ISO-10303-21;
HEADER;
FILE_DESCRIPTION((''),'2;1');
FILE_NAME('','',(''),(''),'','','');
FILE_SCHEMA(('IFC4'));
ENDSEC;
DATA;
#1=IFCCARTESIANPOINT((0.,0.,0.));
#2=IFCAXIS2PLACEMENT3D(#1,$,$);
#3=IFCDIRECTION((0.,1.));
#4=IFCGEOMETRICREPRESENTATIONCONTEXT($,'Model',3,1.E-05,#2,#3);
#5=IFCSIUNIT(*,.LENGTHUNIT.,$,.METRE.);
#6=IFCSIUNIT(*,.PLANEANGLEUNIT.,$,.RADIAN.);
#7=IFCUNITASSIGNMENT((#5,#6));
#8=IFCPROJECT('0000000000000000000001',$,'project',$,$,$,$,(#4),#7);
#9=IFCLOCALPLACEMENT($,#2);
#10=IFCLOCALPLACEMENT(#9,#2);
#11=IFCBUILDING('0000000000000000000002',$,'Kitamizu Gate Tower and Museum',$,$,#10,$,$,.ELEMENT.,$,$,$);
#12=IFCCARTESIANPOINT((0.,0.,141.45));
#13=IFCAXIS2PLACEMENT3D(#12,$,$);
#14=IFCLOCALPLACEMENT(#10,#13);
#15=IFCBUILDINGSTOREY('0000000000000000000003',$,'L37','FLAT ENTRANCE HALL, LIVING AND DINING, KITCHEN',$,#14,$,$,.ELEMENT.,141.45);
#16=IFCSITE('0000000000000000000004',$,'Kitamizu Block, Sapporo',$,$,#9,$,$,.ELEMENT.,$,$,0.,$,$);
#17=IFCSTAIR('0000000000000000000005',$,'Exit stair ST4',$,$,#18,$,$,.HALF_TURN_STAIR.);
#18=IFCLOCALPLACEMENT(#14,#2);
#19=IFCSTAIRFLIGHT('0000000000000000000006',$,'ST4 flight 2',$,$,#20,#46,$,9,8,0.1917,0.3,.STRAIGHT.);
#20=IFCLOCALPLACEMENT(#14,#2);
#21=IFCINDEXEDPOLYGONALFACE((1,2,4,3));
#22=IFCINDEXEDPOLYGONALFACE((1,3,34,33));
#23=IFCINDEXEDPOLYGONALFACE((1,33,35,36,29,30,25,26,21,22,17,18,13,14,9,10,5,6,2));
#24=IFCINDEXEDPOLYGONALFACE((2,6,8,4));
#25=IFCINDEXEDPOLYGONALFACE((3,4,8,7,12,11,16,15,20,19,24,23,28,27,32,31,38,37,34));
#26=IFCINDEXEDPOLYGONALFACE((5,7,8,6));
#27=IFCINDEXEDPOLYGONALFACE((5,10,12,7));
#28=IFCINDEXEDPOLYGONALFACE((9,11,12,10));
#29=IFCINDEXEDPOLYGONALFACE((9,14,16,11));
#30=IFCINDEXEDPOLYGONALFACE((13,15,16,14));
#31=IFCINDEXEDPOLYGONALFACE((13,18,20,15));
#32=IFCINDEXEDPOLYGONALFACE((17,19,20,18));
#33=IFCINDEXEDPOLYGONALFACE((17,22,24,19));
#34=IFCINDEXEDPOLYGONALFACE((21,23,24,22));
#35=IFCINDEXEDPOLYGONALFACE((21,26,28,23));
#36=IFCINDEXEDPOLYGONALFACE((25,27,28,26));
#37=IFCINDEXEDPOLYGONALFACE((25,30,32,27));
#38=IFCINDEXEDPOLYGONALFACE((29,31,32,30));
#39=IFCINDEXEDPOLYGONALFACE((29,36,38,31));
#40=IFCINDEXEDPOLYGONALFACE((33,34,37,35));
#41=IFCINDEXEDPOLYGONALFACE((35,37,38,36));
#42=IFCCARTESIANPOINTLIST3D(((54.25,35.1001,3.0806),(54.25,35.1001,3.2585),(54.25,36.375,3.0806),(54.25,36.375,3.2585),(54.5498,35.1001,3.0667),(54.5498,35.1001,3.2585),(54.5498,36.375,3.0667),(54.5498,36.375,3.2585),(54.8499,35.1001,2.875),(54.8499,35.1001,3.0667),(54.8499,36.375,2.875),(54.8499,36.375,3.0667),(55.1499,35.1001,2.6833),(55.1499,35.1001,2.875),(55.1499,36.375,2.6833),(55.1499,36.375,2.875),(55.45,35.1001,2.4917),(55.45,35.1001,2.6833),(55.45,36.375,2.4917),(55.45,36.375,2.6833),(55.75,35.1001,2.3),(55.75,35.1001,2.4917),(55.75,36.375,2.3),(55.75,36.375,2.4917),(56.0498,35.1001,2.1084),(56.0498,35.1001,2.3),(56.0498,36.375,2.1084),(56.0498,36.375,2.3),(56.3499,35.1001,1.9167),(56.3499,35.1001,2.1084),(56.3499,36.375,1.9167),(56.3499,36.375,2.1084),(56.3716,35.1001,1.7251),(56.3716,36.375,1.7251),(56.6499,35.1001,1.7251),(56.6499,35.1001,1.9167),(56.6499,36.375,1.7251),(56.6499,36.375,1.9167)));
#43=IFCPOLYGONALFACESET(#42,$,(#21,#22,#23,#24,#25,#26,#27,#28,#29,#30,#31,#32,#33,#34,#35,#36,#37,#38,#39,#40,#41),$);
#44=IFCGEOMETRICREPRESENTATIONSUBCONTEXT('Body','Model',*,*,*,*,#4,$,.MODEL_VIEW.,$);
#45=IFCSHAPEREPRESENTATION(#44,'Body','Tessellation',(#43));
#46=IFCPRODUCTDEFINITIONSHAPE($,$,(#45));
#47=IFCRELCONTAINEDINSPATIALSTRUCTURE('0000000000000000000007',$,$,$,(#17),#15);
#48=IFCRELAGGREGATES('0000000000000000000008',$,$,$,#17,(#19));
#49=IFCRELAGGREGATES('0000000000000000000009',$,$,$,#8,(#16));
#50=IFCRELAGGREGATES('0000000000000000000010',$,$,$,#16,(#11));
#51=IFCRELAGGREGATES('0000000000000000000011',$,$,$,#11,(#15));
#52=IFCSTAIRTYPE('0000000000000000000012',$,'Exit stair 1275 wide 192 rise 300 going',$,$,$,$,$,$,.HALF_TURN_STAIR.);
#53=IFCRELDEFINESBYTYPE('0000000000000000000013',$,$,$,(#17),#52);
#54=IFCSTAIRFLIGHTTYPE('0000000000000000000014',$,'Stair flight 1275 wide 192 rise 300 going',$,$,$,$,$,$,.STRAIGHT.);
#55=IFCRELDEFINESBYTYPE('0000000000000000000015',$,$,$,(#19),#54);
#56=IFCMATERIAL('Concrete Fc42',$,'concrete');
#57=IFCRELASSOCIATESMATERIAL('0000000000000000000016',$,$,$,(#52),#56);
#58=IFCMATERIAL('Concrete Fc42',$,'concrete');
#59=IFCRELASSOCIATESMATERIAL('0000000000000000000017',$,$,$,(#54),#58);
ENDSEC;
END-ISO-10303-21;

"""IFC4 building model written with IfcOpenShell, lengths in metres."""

from ifc_helpers import new_model, si_unit, direction, frame, origin, place, context, subcontext, project, spatial, polyline, outline, extrude, material, type_object, element, aggregate, save


model = new_model("IFC4")

# Units and contexts
model_context = context("Model", 3, precision=1e-05, world=origin(), true_north=direction((0.0, 1.0)))
body_context = subcontext(model_context, "Body", "Model", "MODEL_VIEW")
ifc_project = project(units=[si_unit("LENGTHUNIT", "METRE"), si_unit("PLANEANGLEUNIT", "RADIAN")], contexts=[model_context])

# Site, building, storey
site_placement = place(None, origin())
site = spatial("IfcSite", under=ifc_project, at=site_placement, Name="Kitamizu Block, Sapporo", CompositionType="ELEMENT", RefElevation=0.0)
building_placement = place(site_placement, origin())
building = spatial("IfcBuilding", under=site, at=building_placement, Name="Kitamizu Gate Tower and Museum", CompositionType="ELEMENT")
storey_placement = place(building_placement, frame((0.0, 0.0, 141.45)))
storey = spatial("IfcBuildingStorey", under=building, at=storey_placement, Name="L37", Description="FLAT ENTRANCE HALL, LIVING AND DINING, KITCHEN", CompositionType="ELEMENT", Elevation=141.45)

# Stair, stair flight
ifc_material_1 = material(Name="Concrete Fc42", Category="concrete")
stair_type = type_object("IfcStairType", Name="Exit stair 1275 wide 192 rise 300 going", PredefinedType="HALF_TURN_STAIR", material=ifc_material_1)
stair_placement = place(storey_placement, origin())
stair = element("IfcStair", 1, at=stair_placement, inside=storey, type_object=stair_type, Name="Exit stair ST4", PredefinedType="HALF_TURN_STAIR")
ifc_material_2 = material(Name="Concrete Fc42", Category="concrete")
stair_flight_type = type_object("IfcStairFlightType", Name="Stair flight 1275 wide 192 rise 300 going", PredefinedType="STRAIGHT", material=ifc_material_2)
stair_flight_1_placement = place(storey_placement, frame((56.6499, 35.7375, 1.7251), z_axis=(0.0, 0.0, 1.0), x_axis=(-1.0, 0.0, 0.0)))
stair_flight_1 = element("IfcStairFlight", 2, at=stair_flight_1_placement, type_object=stair_flight_type, Name="ST4 flight 2", NumberOfRisers=9, NumberOfTreads=8, PredefinedType="STRAIGHT", RiserHeight=0.1917, TreadLength=0.3, context=body_context, shape_type="SweptSolid", body=[
    extrude(outline(polyline([(0.0, 0.0), (0.0, 0.1917), (0.3, 0.1917), (0.3, 0.3833), (0.6001, 0.3833), (0.6001, 0.575), (0.8999, 0.575), (0.8999, 0.7666), (1.2, 0.7666), (1.2, 0.9583), (1.5, 0.9583), (1.5, 1.1499), (1.8, 1.1499), (1.8, 1.3416), (2.1001, 1.3416), (2.1001, 1.5334), (2.3999, 1.5334), (2.3999, 1.7251), (2.3999, 1.3555), (0.2783, 0.0), (0.0, 0.0)])), frame((0.0, 0.6375, 0.0), z_axis=(0.0, -1.0, 0.0), x_axis=(1.0, 0.0, 0.0)), (0.0, 0.0, 1.0), 1.2749),
])
aggregate(stair, [stair_flight_1])

save(model, "model.ifc")
